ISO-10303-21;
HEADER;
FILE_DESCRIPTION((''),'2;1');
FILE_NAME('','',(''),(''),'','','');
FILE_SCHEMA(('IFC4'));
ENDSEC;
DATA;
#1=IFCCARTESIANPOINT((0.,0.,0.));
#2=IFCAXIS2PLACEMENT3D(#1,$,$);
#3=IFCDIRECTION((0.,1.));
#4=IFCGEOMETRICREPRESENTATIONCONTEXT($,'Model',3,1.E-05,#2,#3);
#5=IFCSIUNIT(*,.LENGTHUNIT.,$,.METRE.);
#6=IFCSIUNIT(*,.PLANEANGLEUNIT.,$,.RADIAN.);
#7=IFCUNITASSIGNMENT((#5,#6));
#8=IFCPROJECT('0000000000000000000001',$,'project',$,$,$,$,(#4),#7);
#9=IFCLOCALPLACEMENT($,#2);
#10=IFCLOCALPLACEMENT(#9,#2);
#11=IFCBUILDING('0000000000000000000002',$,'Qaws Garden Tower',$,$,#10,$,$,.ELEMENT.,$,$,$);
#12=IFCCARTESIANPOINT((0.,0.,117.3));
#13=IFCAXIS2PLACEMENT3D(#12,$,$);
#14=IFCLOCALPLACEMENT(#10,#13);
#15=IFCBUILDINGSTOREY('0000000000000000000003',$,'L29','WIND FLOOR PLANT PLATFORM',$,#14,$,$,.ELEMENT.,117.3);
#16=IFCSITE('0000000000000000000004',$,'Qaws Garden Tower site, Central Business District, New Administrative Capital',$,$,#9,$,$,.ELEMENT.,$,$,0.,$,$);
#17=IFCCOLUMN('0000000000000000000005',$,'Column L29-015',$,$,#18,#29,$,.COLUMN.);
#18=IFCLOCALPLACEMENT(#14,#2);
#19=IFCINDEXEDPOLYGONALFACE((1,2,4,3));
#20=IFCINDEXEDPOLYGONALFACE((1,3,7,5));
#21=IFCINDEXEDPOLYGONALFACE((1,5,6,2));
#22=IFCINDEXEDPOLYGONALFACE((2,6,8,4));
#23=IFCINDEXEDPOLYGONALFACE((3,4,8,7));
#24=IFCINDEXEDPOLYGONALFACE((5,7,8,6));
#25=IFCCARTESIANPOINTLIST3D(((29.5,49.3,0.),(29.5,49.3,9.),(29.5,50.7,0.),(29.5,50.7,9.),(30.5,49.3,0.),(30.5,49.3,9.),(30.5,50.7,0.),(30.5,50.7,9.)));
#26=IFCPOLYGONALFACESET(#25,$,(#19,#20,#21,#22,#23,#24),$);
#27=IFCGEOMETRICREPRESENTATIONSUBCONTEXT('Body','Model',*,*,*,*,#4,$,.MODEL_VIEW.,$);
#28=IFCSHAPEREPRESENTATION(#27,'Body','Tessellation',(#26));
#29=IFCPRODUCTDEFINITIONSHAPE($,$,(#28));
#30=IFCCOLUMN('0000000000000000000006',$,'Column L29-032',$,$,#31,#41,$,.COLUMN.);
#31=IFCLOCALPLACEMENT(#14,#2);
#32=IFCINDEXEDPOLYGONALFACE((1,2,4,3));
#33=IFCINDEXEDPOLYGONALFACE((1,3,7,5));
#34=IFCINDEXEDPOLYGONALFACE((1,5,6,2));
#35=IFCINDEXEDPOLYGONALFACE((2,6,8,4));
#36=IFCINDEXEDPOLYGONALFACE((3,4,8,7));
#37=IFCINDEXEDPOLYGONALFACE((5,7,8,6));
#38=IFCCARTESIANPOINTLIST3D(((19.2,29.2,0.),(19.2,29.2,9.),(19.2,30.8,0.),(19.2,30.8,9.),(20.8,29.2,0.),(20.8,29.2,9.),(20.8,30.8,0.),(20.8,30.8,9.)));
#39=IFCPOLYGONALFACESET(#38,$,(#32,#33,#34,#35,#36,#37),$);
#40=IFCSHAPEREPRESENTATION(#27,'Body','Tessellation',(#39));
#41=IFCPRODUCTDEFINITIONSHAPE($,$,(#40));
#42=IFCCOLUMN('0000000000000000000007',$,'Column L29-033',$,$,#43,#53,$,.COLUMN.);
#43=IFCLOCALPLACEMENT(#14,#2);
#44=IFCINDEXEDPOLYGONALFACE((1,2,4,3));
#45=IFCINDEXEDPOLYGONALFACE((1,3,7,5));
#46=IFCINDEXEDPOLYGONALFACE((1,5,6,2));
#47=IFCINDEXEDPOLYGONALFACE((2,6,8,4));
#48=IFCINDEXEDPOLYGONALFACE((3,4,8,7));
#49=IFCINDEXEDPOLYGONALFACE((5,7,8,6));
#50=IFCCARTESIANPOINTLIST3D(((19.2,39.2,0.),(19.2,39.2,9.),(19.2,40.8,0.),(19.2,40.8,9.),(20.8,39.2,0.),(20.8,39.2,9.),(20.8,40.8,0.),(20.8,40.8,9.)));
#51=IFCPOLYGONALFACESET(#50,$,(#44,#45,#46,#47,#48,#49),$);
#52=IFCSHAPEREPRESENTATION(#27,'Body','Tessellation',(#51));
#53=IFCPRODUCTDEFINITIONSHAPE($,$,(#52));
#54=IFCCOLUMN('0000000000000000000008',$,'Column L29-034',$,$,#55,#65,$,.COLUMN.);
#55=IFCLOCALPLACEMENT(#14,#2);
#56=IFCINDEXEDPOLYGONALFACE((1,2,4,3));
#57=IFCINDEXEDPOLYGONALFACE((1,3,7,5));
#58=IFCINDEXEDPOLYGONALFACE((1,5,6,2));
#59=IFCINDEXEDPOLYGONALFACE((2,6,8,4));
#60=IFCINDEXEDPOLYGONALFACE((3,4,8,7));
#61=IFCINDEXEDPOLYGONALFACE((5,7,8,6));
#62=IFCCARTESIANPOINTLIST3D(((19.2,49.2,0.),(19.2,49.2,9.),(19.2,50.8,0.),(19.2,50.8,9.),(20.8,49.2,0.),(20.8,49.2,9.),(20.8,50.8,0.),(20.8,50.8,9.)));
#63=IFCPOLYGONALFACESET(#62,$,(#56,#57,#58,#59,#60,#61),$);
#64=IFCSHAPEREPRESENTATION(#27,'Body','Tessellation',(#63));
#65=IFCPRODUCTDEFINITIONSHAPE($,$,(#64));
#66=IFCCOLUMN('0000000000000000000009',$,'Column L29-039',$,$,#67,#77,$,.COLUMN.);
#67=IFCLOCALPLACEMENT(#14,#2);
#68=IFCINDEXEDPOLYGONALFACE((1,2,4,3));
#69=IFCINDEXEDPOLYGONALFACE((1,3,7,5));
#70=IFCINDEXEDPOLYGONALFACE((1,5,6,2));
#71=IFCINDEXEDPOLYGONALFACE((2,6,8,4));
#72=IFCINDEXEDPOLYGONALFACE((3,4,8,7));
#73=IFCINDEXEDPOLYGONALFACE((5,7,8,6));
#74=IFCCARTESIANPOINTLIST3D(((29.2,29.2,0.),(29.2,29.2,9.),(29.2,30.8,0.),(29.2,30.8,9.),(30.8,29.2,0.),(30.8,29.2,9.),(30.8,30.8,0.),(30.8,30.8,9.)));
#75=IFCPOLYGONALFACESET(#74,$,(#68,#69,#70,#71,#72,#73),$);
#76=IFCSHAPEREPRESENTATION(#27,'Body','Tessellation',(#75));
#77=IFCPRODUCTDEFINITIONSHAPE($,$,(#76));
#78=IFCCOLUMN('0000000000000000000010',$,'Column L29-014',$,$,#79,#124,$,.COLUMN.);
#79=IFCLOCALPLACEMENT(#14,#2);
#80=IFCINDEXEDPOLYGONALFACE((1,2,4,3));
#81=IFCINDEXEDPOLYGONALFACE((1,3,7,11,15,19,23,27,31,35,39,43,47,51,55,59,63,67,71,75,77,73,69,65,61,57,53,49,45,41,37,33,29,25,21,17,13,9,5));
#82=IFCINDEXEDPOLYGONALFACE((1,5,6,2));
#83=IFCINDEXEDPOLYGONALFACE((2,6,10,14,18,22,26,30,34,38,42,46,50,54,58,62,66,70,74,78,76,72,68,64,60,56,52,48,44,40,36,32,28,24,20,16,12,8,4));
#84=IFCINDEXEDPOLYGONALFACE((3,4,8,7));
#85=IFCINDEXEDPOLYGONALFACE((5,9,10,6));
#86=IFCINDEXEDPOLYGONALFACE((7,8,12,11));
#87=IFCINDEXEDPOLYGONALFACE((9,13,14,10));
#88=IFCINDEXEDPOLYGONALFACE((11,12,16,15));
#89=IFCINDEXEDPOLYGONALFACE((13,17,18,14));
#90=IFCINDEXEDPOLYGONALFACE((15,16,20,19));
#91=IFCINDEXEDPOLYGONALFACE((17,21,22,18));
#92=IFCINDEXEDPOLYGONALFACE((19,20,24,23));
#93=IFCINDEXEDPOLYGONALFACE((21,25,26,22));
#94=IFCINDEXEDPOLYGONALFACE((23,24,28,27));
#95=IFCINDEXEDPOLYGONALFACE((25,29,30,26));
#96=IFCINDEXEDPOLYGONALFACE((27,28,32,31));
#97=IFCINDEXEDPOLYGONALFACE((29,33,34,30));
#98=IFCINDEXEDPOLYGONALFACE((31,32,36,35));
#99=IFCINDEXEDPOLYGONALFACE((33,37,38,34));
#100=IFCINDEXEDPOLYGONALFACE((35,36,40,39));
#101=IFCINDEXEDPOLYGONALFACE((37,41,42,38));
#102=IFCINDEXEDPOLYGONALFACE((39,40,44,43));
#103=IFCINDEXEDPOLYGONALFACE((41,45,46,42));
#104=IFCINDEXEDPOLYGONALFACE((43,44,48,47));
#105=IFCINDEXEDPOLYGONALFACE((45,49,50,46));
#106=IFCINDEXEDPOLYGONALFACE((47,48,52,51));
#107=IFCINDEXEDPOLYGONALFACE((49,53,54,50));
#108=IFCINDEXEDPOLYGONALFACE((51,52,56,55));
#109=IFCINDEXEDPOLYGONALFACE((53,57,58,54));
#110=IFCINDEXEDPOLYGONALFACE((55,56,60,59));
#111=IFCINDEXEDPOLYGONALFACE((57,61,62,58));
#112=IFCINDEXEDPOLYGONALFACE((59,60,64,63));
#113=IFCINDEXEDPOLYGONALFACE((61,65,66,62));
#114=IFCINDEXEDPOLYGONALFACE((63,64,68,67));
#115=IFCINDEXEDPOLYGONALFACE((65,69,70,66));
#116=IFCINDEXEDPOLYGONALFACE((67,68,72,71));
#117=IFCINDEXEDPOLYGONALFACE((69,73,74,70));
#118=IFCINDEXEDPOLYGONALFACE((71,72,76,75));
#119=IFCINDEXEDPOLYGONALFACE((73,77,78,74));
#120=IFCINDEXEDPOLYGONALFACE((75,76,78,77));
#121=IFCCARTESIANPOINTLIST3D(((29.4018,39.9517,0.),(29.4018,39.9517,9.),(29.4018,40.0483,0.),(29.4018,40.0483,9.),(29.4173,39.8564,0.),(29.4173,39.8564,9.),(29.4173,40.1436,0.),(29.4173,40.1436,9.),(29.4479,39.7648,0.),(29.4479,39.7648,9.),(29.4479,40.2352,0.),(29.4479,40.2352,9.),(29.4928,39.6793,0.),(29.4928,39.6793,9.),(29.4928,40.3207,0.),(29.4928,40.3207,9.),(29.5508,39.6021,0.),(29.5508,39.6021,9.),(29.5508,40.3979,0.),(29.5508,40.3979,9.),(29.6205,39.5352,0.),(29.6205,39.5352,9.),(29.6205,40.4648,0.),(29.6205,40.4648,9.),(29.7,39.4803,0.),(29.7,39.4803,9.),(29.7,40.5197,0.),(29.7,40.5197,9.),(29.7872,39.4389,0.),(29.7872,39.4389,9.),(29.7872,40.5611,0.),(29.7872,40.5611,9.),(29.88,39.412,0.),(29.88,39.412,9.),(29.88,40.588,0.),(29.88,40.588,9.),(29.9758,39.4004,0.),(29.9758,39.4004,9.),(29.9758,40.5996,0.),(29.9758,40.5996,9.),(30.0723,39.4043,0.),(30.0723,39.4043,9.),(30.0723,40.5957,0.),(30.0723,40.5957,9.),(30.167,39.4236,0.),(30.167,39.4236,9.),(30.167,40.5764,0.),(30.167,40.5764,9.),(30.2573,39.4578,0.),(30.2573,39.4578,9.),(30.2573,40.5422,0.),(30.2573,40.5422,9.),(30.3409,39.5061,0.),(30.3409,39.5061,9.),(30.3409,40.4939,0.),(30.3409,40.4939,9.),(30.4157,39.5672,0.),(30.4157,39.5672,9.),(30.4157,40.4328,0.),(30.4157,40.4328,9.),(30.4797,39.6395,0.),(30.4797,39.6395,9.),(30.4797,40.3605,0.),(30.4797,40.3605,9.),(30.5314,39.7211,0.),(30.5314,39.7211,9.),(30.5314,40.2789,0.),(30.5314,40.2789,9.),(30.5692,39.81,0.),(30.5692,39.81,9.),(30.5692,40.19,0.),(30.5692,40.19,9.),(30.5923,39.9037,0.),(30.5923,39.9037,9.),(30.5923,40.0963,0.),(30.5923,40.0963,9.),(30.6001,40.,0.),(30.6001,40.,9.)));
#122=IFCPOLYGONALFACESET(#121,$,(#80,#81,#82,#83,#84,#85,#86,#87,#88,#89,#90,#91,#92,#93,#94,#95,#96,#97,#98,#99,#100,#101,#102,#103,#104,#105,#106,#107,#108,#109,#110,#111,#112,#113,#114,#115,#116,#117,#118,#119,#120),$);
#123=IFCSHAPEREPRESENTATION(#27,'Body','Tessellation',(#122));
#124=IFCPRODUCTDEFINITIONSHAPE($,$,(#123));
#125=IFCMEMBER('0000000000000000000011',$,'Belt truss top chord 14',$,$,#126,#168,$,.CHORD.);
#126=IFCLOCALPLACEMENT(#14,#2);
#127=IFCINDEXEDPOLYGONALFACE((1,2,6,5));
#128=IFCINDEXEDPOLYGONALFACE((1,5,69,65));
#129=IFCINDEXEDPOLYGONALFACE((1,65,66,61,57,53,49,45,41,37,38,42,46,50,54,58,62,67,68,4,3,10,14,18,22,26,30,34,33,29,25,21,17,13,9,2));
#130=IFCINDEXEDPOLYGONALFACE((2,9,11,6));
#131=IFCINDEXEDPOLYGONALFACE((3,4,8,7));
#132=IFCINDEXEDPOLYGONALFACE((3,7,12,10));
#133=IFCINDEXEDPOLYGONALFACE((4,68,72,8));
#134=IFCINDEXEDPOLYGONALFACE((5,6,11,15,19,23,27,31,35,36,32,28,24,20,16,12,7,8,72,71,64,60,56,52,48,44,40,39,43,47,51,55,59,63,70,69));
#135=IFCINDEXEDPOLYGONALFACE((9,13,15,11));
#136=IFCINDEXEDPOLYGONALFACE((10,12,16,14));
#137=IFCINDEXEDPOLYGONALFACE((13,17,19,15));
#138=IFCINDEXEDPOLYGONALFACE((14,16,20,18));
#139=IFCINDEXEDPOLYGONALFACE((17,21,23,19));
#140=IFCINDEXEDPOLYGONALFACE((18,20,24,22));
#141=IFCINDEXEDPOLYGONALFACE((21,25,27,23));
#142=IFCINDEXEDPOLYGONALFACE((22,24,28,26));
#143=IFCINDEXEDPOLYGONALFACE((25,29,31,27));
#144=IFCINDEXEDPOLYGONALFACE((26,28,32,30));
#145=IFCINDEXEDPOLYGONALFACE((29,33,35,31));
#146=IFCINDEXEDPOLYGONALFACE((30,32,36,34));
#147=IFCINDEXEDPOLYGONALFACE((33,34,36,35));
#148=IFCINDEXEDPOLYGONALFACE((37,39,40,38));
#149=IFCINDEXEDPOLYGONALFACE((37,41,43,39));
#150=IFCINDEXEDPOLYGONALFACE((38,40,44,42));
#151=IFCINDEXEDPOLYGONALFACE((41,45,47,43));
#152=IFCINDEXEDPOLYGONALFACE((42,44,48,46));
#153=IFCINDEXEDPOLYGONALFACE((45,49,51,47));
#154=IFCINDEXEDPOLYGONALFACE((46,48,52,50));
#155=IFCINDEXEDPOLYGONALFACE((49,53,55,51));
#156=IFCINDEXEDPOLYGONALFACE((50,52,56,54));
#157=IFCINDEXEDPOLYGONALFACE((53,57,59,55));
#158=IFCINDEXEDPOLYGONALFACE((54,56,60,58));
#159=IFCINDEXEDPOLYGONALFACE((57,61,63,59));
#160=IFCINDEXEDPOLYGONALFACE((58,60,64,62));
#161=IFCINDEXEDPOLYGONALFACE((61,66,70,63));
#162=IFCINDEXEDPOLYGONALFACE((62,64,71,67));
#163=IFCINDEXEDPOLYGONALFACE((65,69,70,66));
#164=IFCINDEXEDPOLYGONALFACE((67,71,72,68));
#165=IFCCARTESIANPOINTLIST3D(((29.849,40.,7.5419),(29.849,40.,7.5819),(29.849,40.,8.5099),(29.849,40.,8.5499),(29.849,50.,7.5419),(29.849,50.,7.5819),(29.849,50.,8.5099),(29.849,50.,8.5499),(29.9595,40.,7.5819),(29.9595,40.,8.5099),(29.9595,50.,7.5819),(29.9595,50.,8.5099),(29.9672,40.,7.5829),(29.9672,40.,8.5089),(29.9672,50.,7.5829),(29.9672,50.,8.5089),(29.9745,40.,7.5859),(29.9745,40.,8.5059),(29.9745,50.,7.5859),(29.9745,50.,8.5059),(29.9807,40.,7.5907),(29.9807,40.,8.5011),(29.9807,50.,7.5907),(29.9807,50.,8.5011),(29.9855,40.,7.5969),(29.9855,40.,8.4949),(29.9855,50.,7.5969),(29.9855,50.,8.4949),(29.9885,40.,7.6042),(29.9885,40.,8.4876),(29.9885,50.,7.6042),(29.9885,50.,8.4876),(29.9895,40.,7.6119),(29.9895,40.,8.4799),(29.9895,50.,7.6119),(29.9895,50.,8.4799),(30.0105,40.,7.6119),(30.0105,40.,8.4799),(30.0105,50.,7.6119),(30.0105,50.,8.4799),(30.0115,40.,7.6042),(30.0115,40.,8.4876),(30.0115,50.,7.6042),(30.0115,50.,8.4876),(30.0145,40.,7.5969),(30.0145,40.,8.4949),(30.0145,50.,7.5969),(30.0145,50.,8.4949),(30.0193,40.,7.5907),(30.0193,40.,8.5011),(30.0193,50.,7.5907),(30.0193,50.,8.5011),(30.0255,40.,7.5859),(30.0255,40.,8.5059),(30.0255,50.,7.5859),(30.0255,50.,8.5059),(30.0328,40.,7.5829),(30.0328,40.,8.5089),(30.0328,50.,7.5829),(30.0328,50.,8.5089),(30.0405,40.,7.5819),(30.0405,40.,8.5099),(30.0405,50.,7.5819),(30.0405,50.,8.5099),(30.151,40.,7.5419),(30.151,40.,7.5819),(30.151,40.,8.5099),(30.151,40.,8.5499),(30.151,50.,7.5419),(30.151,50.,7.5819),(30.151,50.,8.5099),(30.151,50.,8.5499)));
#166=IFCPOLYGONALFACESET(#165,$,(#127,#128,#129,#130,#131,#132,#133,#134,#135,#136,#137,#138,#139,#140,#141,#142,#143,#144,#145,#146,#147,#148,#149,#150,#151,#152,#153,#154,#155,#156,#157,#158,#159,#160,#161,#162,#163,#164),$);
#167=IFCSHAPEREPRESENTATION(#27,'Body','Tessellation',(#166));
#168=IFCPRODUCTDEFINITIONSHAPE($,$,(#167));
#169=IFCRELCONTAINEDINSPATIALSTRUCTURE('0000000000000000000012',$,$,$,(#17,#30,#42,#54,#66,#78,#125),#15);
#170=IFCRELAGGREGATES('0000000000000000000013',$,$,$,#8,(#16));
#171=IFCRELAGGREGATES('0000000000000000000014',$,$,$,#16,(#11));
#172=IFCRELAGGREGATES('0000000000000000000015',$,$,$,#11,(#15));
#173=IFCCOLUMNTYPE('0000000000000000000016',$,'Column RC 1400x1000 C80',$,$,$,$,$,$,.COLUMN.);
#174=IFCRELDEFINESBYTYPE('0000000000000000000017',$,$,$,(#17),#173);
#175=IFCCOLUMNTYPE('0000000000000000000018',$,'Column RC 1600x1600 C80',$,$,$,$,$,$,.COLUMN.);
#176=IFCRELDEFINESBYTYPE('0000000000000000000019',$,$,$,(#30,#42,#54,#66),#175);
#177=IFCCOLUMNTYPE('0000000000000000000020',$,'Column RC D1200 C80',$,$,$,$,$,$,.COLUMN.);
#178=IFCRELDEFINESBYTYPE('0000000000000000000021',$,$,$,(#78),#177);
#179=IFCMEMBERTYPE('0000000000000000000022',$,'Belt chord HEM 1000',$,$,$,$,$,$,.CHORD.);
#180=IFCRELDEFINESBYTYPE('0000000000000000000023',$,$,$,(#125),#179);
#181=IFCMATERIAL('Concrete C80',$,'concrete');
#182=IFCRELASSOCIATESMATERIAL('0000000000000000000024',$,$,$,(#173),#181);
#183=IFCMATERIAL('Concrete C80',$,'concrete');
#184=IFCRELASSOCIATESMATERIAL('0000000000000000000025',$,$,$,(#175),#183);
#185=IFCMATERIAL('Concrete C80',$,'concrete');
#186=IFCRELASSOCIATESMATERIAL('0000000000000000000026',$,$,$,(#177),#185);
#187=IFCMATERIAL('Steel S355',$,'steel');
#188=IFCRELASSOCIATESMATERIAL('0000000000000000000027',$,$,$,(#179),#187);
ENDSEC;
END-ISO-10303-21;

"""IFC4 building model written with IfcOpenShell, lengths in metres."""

from ifc_helpers import new_model, si_unit, direction, frame, origin, origin_2d, place, context, subcontext, project, spatial, rectangle, circle, i_section, extrude, material, material_profile, profile_set, type_object, element, save


model = new_model("IFC4")

# Units and contexts
model_context = context("Model", 3, precision=1e-05, world=origin(), true_north=direction((0.0, 1.0)))
body_context = subcontext(model_context, "Body", "Model", "MODEL_VIEW")
ifc_project = project(units=[si_unit("LENGTHUNIT", "METRE"), si_unit("PLANEANGLEUNIT", "RADIAN")], contexts=[model_context])

# Site, building, storey
site_placement = place(None, origin())
site = spatial("IfcSite", under=ifc_project, at=site_placement, Name="Qaws Garden Tower site, Central Business District, New Administrative Capital", CompositionType="ELEMENT", RefElevation=0.0)
building_placement = place(site_placement, origin())
building = spatial("IfcBuilding", under=site, at=building_placement, Name="Qaws Garden Tower", CompositionType="ELEMENT")
storey_placement = place(building_placement, frame((0.0, 0.0, 117.3)))
storey = spatial("IfcBuildingStorey", under=building, at=storey_placement, Name="L29", Description="WIND FLOOR PLANT PLATFORM", CompositionType="ELEMENT", Elevation=117.3)

# Columns
ifc_material_1 = material(Name="Concrete C80", Category="concrete")
ifc_material_profile_1 = material_profile(ifc_material_1, rectangle(XDim=1.3999, YDim=1.0, at=origin_2d()), Name="RC 1400x1000")
ifc_profile_set_1 = profile_set([ifc_material_profile_1], Name="Concrete C80")
column_type_1 = type_object("IfcColumnType", Name="Column RC 1400x1000 C80", PredefinedType="COLUMN", material=ifc_profile_set_1)
column_1_placement = place(storey_placement, frame((30.0, 50.0, 0.0), z_axis=(0.0, 0.0, 1.0), x_axis=(0.0, 1.0, 0.0)))
element("IfcColumn", 1, at=column_1_placement, inside=storey, type_object=column_type_1, Name="Column L29-015", PredefinedType="COLUMN", context=body_context, shape_type="SweptSolid", body=[
    extrude(rectangle(XDim=1.3999, YDim=1.0, at=origin_2d()), origin(), (0.0, 0.0, 1.0), 9.0),
])
ifc_material_2 = material(Name="Concrete C80", Category="concrete")
ifc_material_profile_2 = material_profile(ifc_material_2, rectangle(XDim=1.6001, YDim=1.6001, at=origin_2d()), Name="RC 1600x1600")
ifc_profile_set_2 = profile_set([ifc_material_profile_2], Name="Concrete C80")
column_type_2 = type_object("IfcColumnType", Name="Column RC 1600x1600 C80", PredefinedType="COLUMN", material=ifc_profile_set_2)
for number, where, z_axis, x_axis, name in (
    (2, (20.0, 30.0, 0.0), (0.0, 0.0, 1.0), (1.0, 0.0, 0.0), "Column L29-032"),
    (3, (20.0, 40.0, 0.0), (0.0, 0.0, 1.0), (1.0, 0.0, 0.0), "Column L29-033"),
    (4, (20.0, 50.0, 0.0), (0.0, 0.0, 1.0), (1.0, 0.0, 0.0), "Column L29-034"),
    (5, (30.0, 30.0, 0.0), (0.0, 0.0, 1.0), (1.0, 0.0, 0.0), "Column L29-039"),
):
    element("IfcColumn", number, at=place(storey_placement, frame(where, z_axis=z_axis, x_axis=x_axis)), inside=storey, type_object=column_type_2, Name=name, PredefinedType="COLUMN", context=body_context, shape_type="SweptSolid", body=[
        extrude(rectangle(XDim=1.6001, YDim=1.6001, at=origin_2d()), origin(), (0.0, 0.0, 1.0), 9.0),
    ])
ifc_material_3 = material(Name="Concrete C80", Category="concrete")
ifc_material_profile_3 = material_profile(ifc_material_3, circle(Radius=0.6001, at=origin_2d()), Name="RC D1200")
ifc_profile_set_3 = profile_set([ifc_material_profile_3], Name="Concrete C80")
column_type_3 = type_object("IfcColumnType", Name="Column RC D1200 C80", PredefinedType="COLUMN", material=ifc_profile_set_3)
column_2_placement = place(storey_placement, frame((30.0, 40.0, 0.0), z_axis=(0.0, 0.0, 1.0), x_axis=(1.0, 0.0, 0.0)))
element("IfcColumn", 6, at=column_2_placement, inside=storey, type_object=column_type_3, Name="Column L29-014", PredefinedType="COLUMN", context=body_context, shape_type="SweptSolid", body=[
    extrude(circle(Radius=0.6001, at=origin_2d()), origin(), (0.0, 0.0, 1.0), 9.0),
])

# Member
ifc_material_4 = material(Name="Steel S355", Category="steel")
ifc_material_profile_4 = material_profile(ifc_material_4, i_section(OverallWidth=0.302, OverallDepth=1.0081, WebThickness=0.021, FlangeThickness=0.04, FilletRadius=0.03, at=origin_2d()), Name="HEM 1000")
ifc_profile_set_4 = profile_set([ifc_material_profile_4], Name="Steel S355")
member_type_1 = type_object("IfcMemberType", Name="Belt chord HEM 1000", PredefinedType="CHORD", material=ifc_profile_set_4)
for number, where, z_axis, x_axis, name in (
    (7, (30.0, 40.0, 8.0459), (0.0, 1.0, 0.0), (-1.0, 0.0, 0.0), "Belt truss top chord 14"),
):
    element("IfcMember", number, at=place(storey_placement, frame(where, z_axis=z_axis, x_axis=x_axis)), inside=storey, type_object=member_type_1, Name=name, PredefinedType="CHORD", context=body_context, shape_type="SweptSolid", body=[
        extrude(i_section(OverallWidth=0.302, OverallDepth=1.0081, WebThickness=0.021, FlangeThickness=0.04, FilletRadius=0.03, at=origin_2d()), origin(), (0.0, 0.0, 1.0), 10.0),
    ])

save(model, "model.ifc")
